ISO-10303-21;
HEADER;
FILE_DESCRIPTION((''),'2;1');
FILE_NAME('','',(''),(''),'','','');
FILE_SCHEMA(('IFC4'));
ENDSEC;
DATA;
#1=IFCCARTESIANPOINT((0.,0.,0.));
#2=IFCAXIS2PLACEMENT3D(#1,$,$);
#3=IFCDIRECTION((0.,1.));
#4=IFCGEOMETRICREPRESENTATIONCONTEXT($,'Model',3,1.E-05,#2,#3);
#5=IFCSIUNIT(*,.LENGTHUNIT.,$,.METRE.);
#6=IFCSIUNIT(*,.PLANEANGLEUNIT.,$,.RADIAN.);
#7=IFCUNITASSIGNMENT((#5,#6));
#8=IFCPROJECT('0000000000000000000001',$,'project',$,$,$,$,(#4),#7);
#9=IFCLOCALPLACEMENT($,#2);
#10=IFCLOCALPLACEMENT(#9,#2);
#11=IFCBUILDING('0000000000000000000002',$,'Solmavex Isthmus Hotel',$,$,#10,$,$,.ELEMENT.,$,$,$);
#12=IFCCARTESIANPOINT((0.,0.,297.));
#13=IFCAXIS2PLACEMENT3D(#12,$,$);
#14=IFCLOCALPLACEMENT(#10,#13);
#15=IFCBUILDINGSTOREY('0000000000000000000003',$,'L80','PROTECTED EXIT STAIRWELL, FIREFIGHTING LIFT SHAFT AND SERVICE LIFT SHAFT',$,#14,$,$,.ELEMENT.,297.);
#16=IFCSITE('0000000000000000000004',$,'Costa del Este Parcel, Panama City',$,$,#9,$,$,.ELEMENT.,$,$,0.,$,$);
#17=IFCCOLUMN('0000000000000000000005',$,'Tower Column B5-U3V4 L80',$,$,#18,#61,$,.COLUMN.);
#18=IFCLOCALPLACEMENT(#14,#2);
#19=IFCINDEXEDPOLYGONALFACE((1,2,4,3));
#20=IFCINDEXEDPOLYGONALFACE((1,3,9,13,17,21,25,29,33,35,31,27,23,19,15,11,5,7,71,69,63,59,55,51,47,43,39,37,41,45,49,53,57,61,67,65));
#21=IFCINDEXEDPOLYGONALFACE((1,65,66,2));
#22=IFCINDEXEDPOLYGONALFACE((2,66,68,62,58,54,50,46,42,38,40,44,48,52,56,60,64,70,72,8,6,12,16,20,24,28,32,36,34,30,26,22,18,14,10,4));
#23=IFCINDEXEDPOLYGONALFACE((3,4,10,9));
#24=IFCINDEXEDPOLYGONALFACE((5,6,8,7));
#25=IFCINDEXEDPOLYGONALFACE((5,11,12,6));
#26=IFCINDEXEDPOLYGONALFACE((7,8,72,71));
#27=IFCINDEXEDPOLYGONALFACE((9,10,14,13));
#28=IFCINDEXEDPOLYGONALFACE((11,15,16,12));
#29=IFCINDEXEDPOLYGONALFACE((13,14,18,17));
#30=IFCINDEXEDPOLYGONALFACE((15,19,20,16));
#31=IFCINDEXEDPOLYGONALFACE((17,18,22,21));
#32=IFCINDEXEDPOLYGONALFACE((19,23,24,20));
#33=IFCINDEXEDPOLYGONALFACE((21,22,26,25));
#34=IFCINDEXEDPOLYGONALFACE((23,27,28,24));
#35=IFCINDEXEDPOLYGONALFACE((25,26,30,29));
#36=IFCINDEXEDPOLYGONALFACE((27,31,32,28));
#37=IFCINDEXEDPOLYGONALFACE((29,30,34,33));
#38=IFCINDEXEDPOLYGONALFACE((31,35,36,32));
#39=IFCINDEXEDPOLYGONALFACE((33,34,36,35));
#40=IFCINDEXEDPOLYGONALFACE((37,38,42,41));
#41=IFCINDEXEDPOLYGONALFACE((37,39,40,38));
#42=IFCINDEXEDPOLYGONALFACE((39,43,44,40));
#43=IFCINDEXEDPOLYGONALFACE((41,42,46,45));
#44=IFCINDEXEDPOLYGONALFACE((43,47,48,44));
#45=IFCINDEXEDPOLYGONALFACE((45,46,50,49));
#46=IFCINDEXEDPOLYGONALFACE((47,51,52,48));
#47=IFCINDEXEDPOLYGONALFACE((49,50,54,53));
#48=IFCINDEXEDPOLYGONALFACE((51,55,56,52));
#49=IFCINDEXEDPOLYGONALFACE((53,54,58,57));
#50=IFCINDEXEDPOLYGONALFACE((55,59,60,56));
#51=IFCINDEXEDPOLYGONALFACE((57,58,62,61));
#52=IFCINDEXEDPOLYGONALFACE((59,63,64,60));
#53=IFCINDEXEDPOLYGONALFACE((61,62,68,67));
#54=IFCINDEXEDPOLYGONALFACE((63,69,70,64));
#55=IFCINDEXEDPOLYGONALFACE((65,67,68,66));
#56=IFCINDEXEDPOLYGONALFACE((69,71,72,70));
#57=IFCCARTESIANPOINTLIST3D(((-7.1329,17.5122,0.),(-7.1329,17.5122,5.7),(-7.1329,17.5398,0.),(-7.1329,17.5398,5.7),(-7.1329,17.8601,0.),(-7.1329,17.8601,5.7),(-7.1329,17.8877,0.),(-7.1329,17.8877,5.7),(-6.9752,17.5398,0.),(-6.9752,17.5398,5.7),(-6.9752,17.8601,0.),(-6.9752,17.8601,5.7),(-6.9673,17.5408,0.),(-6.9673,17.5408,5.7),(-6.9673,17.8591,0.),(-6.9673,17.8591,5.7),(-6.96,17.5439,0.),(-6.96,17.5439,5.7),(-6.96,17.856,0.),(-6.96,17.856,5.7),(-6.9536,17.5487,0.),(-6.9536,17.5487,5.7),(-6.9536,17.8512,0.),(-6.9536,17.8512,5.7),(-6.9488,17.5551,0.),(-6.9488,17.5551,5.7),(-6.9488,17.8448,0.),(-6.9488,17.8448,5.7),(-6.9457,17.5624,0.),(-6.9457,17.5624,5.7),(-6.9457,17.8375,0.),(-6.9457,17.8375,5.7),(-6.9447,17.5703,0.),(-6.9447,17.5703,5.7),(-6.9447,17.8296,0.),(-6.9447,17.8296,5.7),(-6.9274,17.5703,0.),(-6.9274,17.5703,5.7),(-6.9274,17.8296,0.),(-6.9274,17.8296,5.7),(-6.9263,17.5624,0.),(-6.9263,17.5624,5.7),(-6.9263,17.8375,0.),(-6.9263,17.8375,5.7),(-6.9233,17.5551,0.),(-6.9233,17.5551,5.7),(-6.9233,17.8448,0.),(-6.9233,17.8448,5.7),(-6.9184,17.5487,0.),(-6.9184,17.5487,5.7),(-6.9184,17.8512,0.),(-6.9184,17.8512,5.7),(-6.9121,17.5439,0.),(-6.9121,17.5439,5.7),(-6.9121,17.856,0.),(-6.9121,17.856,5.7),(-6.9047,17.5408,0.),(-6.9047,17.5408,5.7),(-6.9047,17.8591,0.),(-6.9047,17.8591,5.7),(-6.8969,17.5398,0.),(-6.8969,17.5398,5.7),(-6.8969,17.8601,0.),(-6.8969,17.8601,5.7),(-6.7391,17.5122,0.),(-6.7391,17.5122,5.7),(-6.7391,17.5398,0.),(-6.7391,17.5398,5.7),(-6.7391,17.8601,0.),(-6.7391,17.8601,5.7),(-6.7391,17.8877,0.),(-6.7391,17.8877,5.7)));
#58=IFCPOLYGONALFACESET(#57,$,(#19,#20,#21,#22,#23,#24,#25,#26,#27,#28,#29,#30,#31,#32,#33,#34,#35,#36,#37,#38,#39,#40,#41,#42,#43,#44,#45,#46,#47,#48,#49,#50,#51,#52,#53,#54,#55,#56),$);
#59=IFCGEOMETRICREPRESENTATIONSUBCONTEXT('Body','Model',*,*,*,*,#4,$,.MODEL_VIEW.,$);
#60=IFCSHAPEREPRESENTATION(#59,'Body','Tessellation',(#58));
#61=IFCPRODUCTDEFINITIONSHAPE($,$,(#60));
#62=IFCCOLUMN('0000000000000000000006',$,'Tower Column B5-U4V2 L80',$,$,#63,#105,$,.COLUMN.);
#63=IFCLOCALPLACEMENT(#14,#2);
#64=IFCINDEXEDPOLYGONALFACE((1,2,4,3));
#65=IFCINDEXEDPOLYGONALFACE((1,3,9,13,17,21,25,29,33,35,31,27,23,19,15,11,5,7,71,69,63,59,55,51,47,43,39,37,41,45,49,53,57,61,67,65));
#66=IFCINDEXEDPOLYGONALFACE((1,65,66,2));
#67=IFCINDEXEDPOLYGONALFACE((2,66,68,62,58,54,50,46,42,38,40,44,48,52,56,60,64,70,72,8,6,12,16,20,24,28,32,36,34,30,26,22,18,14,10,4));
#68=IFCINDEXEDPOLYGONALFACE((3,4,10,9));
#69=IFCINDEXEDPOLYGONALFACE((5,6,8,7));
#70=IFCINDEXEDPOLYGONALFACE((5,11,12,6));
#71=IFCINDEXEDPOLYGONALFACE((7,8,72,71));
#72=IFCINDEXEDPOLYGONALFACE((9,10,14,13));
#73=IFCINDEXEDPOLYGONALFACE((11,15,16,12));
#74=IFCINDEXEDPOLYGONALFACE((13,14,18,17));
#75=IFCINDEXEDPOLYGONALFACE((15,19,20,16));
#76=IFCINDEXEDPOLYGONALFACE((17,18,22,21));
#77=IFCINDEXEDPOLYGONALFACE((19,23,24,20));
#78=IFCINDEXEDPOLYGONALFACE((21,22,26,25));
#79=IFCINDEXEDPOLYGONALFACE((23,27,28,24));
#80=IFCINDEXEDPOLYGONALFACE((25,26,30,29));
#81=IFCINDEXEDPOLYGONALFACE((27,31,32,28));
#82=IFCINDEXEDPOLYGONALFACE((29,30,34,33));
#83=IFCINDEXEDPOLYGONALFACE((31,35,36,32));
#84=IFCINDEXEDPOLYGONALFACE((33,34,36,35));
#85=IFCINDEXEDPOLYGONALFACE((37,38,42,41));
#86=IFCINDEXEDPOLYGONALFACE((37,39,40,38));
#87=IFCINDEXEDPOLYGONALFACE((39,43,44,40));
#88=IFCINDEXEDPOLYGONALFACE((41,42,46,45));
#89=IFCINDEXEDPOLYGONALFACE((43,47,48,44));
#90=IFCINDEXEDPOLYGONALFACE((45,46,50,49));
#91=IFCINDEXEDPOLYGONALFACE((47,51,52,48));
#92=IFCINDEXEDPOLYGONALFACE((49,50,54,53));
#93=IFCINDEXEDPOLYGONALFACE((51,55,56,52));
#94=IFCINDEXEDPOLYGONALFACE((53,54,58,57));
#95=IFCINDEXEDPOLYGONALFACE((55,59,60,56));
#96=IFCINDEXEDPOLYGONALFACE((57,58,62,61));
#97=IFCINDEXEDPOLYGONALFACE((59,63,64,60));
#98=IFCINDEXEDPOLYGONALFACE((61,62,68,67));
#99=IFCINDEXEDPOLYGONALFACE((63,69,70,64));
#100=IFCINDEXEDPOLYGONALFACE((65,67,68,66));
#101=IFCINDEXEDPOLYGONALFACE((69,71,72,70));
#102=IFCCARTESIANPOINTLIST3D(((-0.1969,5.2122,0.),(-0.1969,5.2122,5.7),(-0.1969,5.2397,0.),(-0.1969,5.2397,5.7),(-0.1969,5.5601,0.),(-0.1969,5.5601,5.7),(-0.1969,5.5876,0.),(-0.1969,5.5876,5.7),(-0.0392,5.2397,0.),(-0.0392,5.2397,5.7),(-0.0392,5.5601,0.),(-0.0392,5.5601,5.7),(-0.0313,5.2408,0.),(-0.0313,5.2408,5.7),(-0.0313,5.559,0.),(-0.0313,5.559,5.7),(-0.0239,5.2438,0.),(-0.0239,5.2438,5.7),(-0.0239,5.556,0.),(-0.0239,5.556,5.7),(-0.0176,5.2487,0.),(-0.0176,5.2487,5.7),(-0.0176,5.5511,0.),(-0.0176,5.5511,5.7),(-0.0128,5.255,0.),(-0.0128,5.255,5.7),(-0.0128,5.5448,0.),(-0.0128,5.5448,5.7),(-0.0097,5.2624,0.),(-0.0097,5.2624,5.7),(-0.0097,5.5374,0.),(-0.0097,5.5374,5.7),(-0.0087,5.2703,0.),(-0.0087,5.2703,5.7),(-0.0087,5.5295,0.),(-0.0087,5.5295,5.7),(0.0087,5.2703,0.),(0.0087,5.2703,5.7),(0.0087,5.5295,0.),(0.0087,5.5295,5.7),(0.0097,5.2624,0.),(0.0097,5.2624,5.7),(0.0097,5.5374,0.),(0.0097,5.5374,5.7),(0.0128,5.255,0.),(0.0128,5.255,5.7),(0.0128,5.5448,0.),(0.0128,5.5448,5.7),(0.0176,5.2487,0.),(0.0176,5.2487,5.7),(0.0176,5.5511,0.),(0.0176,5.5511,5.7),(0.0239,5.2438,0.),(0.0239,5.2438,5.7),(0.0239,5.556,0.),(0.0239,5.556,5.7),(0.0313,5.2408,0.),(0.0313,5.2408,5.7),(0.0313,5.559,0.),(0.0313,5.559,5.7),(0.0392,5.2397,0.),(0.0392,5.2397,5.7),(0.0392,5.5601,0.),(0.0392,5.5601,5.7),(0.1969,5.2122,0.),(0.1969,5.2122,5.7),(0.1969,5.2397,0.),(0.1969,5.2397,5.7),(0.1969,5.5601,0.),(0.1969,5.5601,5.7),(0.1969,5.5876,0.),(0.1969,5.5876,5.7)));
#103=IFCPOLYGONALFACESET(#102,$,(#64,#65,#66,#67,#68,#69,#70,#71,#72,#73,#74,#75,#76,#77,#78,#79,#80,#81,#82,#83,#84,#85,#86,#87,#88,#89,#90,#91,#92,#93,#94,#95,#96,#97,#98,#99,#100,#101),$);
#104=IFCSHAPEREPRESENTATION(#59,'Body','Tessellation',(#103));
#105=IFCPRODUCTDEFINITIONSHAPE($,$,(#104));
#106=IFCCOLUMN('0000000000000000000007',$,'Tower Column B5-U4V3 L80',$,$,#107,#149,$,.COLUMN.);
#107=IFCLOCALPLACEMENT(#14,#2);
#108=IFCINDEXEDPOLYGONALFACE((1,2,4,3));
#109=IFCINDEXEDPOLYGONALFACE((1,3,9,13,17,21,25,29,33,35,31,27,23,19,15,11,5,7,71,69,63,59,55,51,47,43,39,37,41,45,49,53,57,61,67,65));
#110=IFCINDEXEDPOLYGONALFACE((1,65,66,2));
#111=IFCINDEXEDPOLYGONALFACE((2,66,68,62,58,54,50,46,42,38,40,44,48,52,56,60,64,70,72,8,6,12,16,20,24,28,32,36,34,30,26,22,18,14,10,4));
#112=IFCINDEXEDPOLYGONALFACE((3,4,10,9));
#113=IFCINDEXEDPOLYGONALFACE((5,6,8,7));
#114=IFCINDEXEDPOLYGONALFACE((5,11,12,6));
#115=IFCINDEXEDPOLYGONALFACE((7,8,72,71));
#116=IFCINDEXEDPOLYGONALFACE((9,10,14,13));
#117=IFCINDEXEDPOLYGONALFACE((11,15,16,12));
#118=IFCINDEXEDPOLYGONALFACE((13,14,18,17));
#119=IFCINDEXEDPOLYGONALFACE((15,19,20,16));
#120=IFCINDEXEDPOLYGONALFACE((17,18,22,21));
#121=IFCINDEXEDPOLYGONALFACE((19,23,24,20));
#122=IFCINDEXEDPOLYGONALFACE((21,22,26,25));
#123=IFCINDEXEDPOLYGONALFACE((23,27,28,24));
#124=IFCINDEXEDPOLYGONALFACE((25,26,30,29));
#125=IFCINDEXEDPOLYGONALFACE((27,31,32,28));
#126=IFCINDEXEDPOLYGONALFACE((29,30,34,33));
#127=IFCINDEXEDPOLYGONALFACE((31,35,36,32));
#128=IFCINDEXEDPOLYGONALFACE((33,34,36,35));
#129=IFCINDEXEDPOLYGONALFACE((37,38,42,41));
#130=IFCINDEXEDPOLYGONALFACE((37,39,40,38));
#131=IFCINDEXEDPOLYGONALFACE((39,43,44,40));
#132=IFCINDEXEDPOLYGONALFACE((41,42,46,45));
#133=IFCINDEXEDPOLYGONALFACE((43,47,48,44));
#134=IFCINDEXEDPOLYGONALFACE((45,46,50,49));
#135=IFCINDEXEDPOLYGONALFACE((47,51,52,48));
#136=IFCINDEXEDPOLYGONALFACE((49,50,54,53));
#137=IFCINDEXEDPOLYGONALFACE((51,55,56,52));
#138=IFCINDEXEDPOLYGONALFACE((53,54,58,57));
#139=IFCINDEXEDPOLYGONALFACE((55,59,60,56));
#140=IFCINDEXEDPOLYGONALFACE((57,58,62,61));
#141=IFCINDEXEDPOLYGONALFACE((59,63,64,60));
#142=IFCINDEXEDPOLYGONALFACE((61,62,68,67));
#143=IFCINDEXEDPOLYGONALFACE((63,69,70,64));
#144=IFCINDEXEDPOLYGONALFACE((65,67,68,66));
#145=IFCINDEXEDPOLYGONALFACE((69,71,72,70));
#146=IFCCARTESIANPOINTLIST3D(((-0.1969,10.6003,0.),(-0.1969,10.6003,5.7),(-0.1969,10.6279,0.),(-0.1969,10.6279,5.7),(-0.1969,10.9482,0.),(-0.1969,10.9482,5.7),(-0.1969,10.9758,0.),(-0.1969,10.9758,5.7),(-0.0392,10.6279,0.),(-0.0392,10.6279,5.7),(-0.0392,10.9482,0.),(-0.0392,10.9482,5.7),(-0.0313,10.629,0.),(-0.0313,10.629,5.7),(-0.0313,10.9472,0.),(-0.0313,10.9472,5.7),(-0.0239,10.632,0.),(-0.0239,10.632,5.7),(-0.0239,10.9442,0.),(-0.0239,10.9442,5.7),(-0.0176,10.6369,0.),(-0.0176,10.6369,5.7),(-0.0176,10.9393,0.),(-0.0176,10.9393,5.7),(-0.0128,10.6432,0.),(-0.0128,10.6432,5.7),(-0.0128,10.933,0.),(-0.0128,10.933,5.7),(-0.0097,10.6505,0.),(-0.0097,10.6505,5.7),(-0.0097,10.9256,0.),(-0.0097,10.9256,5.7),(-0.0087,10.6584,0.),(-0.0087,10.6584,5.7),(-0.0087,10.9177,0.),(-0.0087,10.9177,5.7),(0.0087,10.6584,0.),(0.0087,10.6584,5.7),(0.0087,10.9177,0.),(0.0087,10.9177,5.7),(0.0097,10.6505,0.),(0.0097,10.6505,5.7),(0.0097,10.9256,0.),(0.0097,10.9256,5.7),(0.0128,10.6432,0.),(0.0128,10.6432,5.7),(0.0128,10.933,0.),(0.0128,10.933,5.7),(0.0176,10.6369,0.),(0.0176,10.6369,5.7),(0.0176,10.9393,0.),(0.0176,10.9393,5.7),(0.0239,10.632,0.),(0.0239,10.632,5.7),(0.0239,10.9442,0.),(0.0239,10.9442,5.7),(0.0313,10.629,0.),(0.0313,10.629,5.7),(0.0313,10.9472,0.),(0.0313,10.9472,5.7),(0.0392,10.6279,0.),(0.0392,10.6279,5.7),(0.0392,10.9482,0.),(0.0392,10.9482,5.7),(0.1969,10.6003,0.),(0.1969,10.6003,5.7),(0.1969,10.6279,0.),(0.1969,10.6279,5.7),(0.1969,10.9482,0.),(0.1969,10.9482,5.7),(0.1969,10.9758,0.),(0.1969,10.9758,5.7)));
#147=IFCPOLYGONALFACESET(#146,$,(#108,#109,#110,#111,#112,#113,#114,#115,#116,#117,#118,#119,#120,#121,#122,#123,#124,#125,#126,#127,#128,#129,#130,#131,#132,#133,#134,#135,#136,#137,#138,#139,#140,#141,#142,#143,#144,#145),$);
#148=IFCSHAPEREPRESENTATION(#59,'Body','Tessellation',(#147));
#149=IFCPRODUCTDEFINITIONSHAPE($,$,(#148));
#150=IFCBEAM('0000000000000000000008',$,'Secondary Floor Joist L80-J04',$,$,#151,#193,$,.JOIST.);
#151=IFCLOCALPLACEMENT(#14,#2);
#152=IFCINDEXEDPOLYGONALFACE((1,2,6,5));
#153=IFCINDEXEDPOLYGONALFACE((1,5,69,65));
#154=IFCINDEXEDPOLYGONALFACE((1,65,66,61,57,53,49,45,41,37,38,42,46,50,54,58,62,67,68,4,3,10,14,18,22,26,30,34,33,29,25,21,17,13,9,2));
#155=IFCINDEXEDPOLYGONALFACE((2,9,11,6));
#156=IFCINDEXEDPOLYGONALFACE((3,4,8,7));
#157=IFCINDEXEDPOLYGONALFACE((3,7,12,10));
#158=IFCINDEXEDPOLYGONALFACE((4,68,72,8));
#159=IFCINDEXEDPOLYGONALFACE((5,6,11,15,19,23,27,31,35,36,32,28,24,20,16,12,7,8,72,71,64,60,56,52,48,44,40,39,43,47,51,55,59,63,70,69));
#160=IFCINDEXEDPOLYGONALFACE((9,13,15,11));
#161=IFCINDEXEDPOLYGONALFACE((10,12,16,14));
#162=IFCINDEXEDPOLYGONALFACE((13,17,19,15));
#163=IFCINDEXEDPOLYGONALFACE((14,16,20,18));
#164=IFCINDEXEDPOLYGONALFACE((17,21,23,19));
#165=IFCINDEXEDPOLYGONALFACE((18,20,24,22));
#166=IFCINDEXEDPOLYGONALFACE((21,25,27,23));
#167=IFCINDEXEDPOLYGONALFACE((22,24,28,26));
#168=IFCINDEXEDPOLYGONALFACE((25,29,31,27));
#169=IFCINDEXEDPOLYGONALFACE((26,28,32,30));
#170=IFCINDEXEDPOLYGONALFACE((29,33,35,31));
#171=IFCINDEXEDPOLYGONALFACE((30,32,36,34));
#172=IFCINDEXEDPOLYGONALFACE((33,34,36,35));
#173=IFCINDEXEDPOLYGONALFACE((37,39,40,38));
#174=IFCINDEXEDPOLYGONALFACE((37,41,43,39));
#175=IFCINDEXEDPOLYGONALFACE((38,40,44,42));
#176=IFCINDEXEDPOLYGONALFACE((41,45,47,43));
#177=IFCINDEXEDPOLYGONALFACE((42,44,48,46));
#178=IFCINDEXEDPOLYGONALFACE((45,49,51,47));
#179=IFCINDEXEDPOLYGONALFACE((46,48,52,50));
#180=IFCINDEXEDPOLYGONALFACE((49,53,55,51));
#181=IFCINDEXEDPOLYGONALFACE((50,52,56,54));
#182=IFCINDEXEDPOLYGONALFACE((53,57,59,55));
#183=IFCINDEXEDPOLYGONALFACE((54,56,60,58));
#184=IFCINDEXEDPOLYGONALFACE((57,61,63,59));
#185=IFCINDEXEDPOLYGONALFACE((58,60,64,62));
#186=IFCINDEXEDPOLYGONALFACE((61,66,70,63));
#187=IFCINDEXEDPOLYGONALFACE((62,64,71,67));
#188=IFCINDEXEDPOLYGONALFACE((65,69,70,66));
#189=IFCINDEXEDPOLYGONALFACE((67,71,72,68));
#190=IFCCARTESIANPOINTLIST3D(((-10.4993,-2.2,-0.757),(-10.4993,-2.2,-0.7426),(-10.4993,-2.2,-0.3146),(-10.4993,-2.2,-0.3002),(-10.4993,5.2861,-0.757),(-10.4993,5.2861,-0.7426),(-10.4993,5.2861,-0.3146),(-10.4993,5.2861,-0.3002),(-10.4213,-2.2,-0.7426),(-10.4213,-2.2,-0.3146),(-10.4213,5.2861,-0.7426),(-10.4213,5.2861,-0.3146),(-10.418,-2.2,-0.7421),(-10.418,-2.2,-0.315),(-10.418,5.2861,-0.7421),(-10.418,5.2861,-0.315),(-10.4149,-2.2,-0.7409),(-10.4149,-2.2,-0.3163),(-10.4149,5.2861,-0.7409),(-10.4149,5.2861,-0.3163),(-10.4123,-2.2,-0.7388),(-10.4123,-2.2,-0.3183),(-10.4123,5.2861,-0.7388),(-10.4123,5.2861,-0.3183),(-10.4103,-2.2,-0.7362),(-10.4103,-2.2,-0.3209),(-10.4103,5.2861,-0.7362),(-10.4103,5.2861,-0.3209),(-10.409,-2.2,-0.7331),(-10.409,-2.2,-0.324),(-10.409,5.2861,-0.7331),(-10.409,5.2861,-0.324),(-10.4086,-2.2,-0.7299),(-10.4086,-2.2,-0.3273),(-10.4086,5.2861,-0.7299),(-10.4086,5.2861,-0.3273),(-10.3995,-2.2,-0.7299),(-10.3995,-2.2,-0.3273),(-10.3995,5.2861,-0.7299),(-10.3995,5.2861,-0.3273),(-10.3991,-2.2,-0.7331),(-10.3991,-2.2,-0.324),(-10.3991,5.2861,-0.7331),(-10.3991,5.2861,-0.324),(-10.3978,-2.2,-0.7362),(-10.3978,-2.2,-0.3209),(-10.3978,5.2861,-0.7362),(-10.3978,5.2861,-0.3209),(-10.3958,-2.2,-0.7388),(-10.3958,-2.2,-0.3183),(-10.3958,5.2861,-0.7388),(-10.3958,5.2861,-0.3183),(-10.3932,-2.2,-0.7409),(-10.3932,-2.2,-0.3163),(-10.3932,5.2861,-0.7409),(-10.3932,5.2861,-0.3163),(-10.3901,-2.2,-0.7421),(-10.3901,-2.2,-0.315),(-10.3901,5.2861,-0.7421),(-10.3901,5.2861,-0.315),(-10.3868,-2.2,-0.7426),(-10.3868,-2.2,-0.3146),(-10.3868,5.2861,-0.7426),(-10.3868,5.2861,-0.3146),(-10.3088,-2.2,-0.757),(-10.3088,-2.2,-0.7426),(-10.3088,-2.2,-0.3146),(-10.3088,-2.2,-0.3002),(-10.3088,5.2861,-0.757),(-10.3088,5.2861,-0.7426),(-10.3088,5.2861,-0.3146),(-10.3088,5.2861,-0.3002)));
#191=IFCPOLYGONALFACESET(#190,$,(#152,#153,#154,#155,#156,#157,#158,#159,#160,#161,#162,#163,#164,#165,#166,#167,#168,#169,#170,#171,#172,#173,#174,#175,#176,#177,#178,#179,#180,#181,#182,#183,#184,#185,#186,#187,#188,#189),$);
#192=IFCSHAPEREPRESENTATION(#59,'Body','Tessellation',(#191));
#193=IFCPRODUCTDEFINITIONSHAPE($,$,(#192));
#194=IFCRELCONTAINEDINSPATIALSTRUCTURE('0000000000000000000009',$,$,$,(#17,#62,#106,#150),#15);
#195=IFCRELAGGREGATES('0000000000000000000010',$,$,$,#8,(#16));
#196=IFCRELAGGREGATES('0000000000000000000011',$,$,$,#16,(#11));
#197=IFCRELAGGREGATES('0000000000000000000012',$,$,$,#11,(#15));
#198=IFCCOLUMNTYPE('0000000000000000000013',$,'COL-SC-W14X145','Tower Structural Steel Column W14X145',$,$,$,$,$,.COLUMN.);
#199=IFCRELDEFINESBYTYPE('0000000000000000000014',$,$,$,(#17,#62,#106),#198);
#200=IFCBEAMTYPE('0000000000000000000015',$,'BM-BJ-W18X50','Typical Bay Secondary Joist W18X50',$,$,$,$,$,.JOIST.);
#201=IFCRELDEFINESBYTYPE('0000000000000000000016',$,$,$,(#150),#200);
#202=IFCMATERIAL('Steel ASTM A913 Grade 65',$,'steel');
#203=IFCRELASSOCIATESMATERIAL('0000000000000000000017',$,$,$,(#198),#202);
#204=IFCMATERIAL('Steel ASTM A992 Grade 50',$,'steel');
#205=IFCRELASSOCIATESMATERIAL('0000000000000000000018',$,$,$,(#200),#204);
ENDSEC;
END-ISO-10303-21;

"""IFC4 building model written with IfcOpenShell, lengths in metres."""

from ifc_helpers import new_model, si_unit, direction, frame, origin, origin_2d, place, context, subcontext, project, spatial, i_section, extrude, material, material_profile, profile_set, type_object, element, save


model = new_model("IFC4")

# Units and contexts
model_context = context("Model", 3, precision=1e-05, world=origin(), true_north=direction((0.0, 1.0)))
body_context = subcontext(model_context, "Body", "Model", "MODEL_VIEW")
ifc_project = project(units=[si_unit("LENGTHUNIT", "METRE"), si_unit("PLANEANGLEUNIT", "RADIAN")], contexts=[model_context])

# Site, building, storey
site_placement = place(None, origin())
site = spatial("IfcSite", under=ifc_project, at=site_placement, Name="Costa del Este Parcel, Panama City", CompositionType="ELEMENT", RefElevation=0.0)
building_placement = place(site_placement, origin())
building = spatial("IfcBuilding", under=site, at=building_placement, Name="Solmavex Isthmus Hotel", CompositionType="ELEMENT")
storey_placement = place(building_placement, frame((0.0, 0.0, 297.0)))
storey = spatial("IfcBuildingStorey", under=building, at=storey_placement, Name="L80", Description="PROTECTED EXIT STAIRWELL, FIREFIGHTING LIFT SHAFT AND SERVICE LIFT SHAFT", CompositionType="ELEMENT", Elevation=297.0)

# Columns
ifc_material_1 = material(Name="Steel ASTM A913 Grade 65", Category="steel")
ifc_material_profile_1 = material_profile(ifc_material_1, i_section(OverallWidth=0.3938, OverallDepth=0.3755, WebThickness=0.0173, FlangeThickness=0.0276, FilletRadius=0.0305, at=origin_2d()), Name="W14X145")
ifc_profile_set_1 = profile_set([ifc_material_profile_1], Name="Steel ASTM A913 Grade 65")
column_type = type_object("IfcColumnType", Name="COL-SC-W14X145", Description="Tower Structural Steel Column W14X145", PredefinedType="COLUMN", material=ifc_profile_set_1)
for number, where, z_axis, x_axis, name in (
    (1, (-6.936, 17.7, 0.0), (0.0, 0.0, 1.0), (1.0, 0.0, 0.0), "Tower Column B5-U3V4 L80"),
    (2, (0.0, 5.3999, 0.0), (0.0, 0.0, 1.0), (1.0, 0.0, 0.0), "Tower Column B5-U4V2 L80"),
    (3, (0.0, 10.7881, 0.0), (0.0, 0.0, 1.0), (1.0, 0.0, 0.0), "Tower Column B5-U4V3 L80"),
):
    element("IfcColumn", number, at=place(storey_placement, frame(where, z_axis=z_axis, x_axis=x_axis)), inside=storey, type_object=column_type, Name=name, PredefinedType="COLUMN", context=body_context, shape_type="SweptSolid", body=[
        extrude(i_section(OverallWidth=0.3938, OverallDepth=0.3755, WebThickness=0.0173, FlangeThickness=0.0276, FilletRadius=0.0305, at=origin_2d()), origin(), (0.0, 0.0, 1.0), 5.7),
    ])

# Beam
ifc_material_2 = material(Name="Steel ASTM A992 Grade 50", Category="steel")
ifc_material_profile_2 = material_profile(ifc_material_2, i_section(OverallWidth=0.1904, OverallDepth=0.4568, WebThickness=0.009, FlangeThickness=0.0144, FilletRadius=0.0127, at=origin_2d()), Name="W18X50")
ifc_profile_set_2 = profile_set([ifc_material_profile_2], Name="Steel ASTM A992 Grade 50")
beam_type_1 = type_object("IfcBeamType", Name="BM-BJ-W18X50", Description="Typical Bay Secondary Joist W18X50", PredefinedType="JOIST", material=ifc_profile_set_2)
beam_1_placement = place(storey_placement, frame((-10.4041, -2.2, -0.5286), z_axis=(0.0, 1.0, 0.0), x_axis=(-1.0, 0.0, 0.0)))
element("IfcBeam", 4, at=beam_1_placement, inside=storey, type_object=beam_type_1, Name="Secondary Floor Joist L80-J04", PredefinedType="JOIST", context=body_context, shape_type="SweptSolid", body=[
    extrude(i_section(OverallWidth=0.1904, OverallDepth=0.4568, WebThickness=0.009, FlangeThickness=0.0144, FilletRadius=0.0127, at=origin_2d()), origin(), (0.0, 0.0, 1.0), 7.4861),
])

save(model, "model.ifc")
